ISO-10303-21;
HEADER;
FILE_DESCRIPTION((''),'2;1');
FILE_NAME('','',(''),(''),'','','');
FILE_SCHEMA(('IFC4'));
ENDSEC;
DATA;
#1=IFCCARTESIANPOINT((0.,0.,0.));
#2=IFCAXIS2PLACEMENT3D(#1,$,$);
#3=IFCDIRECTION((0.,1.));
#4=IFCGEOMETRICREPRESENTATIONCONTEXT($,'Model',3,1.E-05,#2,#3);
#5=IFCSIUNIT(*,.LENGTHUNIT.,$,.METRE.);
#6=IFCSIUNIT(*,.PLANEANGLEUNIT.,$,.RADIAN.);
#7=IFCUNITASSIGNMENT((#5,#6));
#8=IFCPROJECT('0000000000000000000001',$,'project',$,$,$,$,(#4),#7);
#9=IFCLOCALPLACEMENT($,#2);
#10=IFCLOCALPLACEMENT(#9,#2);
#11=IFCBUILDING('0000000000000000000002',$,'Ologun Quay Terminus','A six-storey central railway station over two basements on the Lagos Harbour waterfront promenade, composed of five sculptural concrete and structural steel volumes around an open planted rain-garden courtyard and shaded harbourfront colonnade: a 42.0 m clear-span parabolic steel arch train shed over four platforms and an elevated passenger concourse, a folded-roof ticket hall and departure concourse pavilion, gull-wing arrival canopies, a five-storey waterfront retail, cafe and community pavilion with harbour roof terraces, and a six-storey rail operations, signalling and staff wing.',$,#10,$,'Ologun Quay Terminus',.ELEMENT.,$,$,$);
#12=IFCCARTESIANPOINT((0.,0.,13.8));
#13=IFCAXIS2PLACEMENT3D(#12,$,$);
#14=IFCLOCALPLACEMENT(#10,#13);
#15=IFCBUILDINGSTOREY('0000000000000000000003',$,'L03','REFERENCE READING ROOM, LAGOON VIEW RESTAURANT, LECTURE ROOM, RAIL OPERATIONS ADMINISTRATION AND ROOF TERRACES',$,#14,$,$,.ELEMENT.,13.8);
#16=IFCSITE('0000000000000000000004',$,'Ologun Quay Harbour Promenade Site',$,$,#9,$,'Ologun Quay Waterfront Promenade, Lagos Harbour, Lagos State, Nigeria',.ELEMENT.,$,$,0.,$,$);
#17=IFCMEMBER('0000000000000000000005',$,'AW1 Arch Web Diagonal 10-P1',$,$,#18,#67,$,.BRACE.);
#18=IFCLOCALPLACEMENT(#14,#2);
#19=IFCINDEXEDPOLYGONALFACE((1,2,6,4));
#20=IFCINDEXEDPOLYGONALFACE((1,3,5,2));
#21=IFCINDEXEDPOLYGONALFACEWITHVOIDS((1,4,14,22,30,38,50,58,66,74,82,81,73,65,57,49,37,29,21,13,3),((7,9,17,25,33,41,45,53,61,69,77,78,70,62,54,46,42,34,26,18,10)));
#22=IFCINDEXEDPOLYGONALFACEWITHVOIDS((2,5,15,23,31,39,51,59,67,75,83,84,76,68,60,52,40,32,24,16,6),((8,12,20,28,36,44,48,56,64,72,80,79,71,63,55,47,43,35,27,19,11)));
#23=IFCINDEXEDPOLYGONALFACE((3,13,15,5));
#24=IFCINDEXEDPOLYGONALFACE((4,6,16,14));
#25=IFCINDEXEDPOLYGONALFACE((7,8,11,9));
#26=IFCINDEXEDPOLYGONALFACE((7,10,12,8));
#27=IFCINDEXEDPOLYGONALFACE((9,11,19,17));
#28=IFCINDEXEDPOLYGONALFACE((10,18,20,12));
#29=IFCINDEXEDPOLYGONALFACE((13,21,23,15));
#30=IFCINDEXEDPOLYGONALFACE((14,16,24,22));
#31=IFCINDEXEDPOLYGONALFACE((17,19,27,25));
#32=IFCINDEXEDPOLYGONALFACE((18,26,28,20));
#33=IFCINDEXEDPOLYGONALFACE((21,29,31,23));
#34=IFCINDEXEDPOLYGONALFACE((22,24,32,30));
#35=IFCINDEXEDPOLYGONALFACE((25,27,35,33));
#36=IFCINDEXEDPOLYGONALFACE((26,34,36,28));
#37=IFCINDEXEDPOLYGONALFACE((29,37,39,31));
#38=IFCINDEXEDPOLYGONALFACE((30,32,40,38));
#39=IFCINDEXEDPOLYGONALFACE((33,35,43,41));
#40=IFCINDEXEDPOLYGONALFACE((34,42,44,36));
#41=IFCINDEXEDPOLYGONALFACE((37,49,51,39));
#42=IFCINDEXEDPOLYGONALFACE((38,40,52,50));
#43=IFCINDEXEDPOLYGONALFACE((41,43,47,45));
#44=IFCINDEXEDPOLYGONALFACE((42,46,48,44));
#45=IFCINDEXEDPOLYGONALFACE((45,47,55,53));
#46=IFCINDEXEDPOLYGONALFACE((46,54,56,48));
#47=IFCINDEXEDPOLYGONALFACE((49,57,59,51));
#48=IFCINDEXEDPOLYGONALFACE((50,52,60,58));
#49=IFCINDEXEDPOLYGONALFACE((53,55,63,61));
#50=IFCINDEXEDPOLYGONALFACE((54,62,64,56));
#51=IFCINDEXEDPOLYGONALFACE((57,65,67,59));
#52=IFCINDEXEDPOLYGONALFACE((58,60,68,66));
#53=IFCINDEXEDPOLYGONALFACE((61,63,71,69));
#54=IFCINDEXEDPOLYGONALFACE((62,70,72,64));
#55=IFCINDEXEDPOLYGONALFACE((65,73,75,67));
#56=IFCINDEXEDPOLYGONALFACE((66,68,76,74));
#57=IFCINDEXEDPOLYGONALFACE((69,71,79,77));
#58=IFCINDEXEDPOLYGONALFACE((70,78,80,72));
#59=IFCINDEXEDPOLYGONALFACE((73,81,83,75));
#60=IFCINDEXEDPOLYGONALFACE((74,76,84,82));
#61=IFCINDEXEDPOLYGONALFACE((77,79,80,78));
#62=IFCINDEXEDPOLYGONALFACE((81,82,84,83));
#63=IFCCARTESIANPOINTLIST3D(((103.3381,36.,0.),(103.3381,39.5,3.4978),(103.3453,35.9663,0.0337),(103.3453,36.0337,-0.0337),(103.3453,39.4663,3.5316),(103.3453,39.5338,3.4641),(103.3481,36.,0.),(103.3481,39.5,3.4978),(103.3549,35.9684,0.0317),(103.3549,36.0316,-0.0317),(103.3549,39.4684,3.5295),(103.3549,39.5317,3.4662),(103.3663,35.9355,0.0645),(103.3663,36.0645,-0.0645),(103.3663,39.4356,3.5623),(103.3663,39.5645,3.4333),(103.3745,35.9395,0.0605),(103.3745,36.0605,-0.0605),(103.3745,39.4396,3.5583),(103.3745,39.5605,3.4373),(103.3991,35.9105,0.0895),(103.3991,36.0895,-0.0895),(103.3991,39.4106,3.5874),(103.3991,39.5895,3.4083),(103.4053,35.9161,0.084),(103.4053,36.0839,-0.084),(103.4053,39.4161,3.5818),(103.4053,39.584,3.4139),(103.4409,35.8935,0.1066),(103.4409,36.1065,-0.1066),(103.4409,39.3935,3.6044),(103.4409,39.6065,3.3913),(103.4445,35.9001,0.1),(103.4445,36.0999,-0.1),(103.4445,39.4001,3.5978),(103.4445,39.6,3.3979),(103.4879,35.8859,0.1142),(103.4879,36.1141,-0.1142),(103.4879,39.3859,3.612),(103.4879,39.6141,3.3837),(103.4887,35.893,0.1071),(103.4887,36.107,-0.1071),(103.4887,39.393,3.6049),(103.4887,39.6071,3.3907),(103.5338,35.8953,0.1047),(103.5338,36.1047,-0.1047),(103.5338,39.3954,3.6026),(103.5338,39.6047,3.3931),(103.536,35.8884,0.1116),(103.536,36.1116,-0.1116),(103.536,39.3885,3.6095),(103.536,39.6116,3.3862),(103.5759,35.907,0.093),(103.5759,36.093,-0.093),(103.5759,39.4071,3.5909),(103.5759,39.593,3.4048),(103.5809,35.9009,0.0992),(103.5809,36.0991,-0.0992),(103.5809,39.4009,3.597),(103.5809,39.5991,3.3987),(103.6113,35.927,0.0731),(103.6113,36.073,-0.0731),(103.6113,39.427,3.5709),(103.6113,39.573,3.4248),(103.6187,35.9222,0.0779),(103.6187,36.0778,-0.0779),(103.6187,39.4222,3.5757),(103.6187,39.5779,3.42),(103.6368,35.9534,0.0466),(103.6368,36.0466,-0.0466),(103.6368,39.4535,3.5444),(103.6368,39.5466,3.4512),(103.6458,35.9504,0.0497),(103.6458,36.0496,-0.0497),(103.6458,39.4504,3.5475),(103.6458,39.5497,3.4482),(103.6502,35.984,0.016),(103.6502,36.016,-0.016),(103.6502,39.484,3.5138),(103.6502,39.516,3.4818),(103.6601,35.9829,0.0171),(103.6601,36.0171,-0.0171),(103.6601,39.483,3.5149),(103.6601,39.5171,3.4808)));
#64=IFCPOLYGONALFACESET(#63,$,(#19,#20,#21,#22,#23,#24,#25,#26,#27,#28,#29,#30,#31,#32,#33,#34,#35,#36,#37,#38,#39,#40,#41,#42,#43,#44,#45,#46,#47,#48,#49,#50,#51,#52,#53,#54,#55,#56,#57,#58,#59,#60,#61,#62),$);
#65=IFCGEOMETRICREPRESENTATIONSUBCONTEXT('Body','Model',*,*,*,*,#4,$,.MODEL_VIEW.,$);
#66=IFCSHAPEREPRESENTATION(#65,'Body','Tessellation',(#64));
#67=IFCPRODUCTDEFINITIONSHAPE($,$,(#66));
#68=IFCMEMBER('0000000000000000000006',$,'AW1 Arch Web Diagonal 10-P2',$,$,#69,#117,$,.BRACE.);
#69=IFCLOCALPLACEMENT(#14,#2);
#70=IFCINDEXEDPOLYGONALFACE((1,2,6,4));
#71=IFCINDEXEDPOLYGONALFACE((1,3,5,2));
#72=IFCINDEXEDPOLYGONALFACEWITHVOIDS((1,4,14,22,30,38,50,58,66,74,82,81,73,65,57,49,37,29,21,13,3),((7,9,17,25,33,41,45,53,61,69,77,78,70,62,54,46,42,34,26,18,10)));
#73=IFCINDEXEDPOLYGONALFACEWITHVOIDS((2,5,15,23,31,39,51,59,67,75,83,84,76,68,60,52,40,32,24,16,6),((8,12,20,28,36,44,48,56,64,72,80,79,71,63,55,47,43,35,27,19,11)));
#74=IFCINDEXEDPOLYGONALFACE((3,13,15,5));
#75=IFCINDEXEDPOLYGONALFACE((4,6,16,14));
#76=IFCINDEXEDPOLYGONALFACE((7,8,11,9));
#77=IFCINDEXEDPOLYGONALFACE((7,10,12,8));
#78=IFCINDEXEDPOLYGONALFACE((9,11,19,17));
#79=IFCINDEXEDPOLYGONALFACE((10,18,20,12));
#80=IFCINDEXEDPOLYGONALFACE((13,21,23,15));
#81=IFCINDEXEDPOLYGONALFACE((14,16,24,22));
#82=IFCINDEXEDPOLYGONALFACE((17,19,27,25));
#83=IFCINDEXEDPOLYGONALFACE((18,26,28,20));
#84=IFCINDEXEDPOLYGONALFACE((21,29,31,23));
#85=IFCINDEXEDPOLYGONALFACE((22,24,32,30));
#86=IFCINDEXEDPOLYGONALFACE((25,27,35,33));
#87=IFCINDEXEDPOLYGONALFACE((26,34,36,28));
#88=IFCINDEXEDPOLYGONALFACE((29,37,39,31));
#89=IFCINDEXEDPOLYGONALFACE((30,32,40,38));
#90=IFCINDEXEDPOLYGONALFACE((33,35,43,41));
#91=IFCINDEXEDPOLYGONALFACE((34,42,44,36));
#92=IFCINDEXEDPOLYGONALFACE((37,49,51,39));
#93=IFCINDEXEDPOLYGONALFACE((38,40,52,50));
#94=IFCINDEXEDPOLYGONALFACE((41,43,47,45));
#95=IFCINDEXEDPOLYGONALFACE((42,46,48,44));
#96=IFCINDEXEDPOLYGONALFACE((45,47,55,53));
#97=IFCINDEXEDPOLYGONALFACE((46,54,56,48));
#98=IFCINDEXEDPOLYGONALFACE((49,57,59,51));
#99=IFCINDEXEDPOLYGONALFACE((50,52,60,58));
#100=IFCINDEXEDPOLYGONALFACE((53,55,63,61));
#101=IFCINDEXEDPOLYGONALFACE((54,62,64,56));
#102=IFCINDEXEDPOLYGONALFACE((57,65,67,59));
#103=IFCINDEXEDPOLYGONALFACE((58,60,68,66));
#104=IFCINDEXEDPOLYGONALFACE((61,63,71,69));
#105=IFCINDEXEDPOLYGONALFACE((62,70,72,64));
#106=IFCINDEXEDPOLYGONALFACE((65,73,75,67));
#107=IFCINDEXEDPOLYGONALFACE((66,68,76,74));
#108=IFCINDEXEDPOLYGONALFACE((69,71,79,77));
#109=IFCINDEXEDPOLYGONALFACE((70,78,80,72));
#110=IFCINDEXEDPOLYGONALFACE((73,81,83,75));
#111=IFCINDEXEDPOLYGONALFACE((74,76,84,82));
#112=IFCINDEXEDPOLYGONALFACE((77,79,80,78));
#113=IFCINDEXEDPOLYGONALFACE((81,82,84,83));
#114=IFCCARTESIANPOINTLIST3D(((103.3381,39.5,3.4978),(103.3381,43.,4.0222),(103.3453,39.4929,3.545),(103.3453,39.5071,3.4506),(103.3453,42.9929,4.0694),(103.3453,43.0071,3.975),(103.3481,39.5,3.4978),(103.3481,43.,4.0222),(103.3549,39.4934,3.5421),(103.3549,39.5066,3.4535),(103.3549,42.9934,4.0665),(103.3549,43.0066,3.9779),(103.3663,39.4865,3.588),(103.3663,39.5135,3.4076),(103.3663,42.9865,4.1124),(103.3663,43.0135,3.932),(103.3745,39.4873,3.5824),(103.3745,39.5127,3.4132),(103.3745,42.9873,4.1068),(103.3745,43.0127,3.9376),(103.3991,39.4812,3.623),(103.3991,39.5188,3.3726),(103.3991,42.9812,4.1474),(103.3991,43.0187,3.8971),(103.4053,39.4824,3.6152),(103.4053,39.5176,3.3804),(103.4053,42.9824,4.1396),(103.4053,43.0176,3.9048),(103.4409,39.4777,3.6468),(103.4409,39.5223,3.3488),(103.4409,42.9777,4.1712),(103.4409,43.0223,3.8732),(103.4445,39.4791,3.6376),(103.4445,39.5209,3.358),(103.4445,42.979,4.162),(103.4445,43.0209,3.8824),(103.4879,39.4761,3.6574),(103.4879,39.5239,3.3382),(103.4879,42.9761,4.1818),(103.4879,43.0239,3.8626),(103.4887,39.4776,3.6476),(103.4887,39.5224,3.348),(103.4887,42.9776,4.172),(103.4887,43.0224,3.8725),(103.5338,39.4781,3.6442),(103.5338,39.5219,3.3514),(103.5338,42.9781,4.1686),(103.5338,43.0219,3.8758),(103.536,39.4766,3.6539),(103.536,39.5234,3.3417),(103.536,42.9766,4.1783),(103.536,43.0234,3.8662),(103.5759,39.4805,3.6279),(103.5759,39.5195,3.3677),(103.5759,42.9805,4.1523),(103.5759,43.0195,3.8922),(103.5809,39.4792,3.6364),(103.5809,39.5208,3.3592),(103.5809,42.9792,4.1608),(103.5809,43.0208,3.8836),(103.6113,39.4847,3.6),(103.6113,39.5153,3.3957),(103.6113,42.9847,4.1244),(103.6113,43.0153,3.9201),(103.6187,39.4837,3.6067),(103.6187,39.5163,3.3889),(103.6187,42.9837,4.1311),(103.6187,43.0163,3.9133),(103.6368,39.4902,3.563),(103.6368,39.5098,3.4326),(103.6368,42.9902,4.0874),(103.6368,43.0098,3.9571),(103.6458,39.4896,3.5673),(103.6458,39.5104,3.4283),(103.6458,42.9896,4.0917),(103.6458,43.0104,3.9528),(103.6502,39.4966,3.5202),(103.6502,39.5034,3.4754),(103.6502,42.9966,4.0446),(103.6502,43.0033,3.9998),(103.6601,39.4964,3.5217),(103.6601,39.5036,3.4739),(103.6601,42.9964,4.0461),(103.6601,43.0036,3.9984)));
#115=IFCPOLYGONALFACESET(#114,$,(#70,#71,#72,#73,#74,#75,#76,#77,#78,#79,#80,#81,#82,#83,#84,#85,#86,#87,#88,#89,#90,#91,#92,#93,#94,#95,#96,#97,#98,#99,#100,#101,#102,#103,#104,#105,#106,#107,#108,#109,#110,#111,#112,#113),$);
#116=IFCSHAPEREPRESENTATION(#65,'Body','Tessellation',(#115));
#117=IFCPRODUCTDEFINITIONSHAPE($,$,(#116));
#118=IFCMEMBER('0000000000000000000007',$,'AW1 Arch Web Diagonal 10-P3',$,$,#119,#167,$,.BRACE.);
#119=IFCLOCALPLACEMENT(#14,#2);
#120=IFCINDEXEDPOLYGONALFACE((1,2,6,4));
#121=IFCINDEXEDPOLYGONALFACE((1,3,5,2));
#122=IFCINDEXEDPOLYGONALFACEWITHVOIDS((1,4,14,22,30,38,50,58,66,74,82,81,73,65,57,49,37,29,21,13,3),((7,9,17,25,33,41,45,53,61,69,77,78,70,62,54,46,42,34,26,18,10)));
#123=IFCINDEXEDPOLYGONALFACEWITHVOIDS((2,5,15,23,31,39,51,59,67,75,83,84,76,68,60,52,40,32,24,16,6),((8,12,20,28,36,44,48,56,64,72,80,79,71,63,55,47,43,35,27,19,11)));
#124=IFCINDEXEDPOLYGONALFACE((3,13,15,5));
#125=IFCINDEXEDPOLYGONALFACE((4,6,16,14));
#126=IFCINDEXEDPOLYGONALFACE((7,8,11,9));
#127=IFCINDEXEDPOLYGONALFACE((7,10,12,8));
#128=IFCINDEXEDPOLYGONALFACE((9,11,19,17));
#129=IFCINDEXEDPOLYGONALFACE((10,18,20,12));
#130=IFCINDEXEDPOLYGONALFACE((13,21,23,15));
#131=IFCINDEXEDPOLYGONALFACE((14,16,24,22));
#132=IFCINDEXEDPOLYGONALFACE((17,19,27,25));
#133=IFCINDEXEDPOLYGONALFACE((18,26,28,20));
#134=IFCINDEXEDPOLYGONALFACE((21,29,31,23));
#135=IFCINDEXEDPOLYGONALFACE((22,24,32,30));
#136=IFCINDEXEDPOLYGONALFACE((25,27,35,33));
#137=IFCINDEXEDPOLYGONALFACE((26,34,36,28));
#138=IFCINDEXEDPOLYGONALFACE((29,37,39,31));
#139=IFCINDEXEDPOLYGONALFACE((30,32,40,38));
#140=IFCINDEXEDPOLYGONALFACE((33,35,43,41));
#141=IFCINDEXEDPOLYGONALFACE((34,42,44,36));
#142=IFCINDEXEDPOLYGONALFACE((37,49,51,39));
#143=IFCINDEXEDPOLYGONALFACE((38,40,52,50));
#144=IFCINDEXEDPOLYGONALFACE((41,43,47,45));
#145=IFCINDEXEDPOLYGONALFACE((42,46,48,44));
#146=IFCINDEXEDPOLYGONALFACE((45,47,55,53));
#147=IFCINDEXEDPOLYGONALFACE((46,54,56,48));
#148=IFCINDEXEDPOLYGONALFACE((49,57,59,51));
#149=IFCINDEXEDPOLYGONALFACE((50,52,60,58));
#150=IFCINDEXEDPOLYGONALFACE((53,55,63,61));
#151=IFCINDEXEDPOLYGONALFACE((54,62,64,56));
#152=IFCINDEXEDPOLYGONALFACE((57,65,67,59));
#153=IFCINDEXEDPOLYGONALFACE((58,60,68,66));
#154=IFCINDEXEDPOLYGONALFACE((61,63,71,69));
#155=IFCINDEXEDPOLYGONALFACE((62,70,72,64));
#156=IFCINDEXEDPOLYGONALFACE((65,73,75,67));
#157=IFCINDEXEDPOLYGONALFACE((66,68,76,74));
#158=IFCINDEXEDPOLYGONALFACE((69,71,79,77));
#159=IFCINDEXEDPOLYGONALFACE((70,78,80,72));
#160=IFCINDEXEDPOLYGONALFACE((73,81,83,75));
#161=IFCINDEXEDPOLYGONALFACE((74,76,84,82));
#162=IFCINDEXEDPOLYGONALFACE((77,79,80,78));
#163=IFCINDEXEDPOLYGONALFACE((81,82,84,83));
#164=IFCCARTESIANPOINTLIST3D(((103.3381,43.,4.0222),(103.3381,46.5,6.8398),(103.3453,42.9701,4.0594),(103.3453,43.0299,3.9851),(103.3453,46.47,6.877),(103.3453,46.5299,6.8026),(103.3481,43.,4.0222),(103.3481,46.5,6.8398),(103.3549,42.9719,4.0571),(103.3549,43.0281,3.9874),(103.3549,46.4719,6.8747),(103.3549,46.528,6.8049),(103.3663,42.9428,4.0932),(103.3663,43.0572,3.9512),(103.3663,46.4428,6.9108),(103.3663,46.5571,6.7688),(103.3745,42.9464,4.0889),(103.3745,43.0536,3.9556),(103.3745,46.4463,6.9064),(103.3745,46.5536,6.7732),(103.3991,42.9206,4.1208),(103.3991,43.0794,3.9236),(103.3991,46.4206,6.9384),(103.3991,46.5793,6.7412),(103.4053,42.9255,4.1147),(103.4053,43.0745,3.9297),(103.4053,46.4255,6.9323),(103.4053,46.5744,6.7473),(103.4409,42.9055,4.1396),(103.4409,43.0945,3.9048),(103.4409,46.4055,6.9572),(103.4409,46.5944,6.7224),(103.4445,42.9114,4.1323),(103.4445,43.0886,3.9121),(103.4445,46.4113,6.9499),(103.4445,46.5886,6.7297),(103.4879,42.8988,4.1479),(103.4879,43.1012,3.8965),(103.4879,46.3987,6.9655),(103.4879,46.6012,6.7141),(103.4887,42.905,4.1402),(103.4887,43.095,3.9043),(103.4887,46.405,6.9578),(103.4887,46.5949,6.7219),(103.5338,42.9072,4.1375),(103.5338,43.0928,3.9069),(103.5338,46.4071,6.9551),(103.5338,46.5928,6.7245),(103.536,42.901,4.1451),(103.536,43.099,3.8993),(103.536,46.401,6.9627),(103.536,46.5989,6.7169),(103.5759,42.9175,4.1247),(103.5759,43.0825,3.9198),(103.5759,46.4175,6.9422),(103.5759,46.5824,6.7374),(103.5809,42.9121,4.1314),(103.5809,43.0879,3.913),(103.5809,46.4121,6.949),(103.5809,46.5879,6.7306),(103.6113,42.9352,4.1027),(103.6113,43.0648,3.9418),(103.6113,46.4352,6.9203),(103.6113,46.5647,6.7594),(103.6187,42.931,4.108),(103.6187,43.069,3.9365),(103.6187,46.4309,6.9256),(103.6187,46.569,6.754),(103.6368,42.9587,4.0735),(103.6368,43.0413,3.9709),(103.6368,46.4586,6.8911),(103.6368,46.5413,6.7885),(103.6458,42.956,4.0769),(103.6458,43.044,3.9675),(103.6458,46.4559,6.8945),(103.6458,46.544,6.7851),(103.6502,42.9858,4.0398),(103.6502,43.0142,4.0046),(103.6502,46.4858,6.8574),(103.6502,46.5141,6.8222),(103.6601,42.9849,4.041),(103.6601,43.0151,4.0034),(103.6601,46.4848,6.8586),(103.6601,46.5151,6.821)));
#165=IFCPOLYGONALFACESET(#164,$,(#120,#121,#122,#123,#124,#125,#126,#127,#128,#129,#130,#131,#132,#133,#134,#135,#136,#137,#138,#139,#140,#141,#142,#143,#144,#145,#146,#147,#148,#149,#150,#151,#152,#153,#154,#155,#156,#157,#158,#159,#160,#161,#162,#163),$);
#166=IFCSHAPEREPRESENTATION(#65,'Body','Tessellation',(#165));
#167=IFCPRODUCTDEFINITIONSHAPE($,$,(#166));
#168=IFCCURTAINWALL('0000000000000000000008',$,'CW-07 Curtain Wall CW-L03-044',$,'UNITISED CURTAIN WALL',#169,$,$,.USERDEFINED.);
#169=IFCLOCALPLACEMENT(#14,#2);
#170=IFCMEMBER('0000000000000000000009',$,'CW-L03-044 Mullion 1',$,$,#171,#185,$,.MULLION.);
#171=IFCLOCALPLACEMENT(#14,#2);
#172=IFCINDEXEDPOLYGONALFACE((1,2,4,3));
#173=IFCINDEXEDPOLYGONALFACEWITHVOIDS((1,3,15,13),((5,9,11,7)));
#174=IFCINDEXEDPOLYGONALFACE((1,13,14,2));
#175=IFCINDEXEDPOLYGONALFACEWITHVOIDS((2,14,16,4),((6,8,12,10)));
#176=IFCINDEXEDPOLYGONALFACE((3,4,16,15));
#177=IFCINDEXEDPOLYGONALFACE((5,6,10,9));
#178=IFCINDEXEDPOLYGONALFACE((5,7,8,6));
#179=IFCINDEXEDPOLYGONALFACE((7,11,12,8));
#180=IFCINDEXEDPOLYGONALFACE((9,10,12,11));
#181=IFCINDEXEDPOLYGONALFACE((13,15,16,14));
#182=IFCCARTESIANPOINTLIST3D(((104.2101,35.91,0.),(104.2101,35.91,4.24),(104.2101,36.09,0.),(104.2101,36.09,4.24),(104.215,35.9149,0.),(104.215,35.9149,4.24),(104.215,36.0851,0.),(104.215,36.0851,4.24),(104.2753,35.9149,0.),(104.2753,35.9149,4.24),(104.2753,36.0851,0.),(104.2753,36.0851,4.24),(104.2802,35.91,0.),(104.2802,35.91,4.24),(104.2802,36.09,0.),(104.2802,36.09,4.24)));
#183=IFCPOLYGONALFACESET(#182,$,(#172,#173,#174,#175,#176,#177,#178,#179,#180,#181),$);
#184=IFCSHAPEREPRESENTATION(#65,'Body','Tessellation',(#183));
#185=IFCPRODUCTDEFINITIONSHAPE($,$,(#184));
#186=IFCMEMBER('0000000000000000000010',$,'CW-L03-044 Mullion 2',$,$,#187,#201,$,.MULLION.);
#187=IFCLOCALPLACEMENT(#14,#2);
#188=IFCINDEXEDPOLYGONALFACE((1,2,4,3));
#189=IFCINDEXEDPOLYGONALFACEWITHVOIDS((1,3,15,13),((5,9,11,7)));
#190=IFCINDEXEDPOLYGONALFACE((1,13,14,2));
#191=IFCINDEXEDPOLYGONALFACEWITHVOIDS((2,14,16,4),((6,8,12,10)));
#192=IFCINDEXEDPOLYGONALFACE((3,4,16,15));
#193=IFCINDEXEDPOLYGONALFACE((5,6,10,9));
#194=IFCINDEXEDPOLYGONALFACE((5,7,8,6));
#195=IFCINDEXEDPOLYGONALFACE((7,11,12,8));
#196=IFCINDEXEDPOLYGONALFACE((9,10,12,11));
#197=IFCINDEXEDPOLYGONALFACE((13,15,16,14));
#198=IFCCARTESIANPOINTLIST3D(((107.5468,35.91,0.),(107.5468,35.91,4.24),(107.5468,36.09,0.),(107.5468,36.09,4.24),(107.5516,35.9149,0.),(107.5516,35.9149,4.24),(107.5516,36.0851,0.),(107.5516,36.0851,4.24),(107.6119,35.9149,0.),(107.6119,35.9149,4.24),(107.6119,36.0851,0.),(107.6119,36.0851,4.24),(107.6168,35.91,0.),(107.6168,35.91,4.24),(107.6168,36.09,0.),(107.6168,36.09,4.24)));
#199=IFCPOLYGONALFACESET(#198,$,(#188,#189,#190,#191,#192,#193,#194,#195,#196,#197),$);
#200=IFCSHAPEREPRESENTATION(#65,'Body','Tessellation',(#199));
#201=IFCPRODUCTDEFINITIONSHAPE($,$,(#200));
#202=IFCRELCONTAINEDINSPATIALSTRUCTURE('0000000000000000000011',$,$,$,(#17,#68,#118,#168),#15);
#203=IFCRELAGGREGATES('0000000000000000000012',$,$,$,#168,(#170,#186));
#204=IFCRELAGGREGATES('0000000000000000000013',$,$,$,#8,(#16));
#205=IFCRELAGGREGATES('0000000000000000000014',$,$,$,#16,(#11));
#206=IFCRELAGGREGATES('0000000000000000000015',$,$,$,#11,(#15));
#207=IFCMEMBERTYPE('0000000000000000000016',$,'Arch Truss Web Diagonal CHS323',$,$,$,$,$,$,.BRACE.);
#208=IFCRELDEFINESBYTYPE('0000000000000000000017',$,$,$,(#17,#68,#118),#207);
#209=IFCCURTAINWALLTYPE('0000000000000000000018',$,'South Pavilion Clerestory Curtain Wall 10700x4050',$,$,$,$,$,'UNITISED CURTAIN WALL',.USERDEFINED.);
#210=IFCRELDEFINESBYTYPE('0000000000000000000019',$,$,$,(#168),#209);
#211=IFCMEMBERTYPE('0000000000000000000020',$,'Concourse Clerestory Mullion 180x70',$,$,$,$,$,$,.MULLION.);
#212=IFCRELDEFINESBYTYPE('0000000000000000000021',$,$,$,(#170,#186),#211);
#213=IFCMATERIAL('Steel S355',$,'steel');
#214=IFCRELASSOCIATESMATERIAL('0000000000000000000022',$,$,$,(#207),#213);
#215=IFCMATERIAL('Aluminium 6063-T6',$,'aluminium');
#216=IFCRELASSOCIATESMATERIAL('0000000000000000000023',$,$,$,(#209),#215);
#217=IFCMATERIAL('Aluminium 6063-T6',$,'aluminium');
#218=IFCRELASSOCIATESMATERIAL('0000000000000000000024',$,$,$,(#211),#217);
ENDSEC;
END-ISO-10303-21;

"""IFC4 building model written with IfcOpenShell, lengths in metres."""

from ifc_helpers import new_model, si_unit, direction, frame, origin, origin_2d, place, context, subcontext, project, spatial, hollow_rectangle, hollow_circle, extrude, material, material_profile, profile_set, type_object, element, aggregate, save


model = new_model("IFC4")

# Units and contexts
model_context = context("Model", 3, precision=1e-05, world=origin(), true_north=direction((0.0, 1.0)))
body_context = subcontext(model_context, "Body", "Model", "MODEL_VIEW")
ifc_project = project(units=[si_unit("LENGTHUNIT", "METRE"), si_unit("PLANEANGLEUNIT", "RADIAN")], contexts=[model_context])

# Site, building, storey
site_placement = place(None, origin())
site = spatial("IfcSite", under=ifc_project, at=site_placement, Name="Ologun Quay Harbour Promenade Site", LongName="Ologun Quay Waterfront Promenade, Lagos Harbour, Lagos State, Nigeria", CompositionType="ELEMENT", RefElevation=0.0)
building_placement = place(site_placement, origin())
building = spatial("IfcBuilding", under=site, at=building_placement, Name="Ologun Quay Terminus", Description="A six-storey central railway station over two basements on the Lagos Harbour waterfront promenade, composed of five sculptural concrete and structural steel volumes around an open planted rain-garden courtyard and shaded harbourfront colonnade: a 42.0 m clear-span parabolic steel arch train shed over four platforms and an elevated passenger concourse, a folded-roof ticket hall and departure concourse pavilion, gull-wing arrival canopies, a five-storey waterfront retail, cafe and community pavilion with harbour roof terraces, and a six-storey rail operations, signalling and staff wing.", LongName="Ologun Quay Terminus", CompositionType="ELEMENT")
storey_placement = place(building_placement, frame((0.0, 0.0, 13.8)))
storey = spatial("IfcBuildingStorey", under=building, at=storey_placement, Name="L03", Description="REFERENCE READING ROOM, LAGOON VIEW RESTAURANT, LECTURE ROOM, RAIL OPERATIONS ADMINISTRATION AND ROOF TERRACES", CompositionType="ELEMENT", Elevation=13.8)

# Members
ifc_material_1 = material(Name="Steel S355", Category="steel")
ifc_material_profile_1 = material_profile(ifc_material_1, hollow_circle(Radius=0.1619, WallThickness=0.01, at=origin_2d()), Name="CHS 323.9x10")
ifc_profile_set_1 = profile_set([ifc_material_profile_1], Name="Steel S355")
member_type_1 = type_object("IfcMemberType", Name="Arch Truss Web Diagonal CHS323", PredefinedType="BRACE", material=ifc_profile_set_1)
member_1_placement = place(storey_placement, frame((103.5, 36.0, 0.0), z_axis=(0.0, 0.707329, 0.706885), x_axis=(-1.0, 0.0, 0.0)))
element("IfcMember", 1, at=member_1_placement, inside=storey, type_object=member_type_1, Name="AW1 Arch Web Diagonal 10-P1", PredefinedType="BRACE", context=body_context, shape_type="SweptSolid", body=[
    extrude(hollow_circle(Radius=0.1619, WallThickness=0.01, at=origin_2d()), origin(), (0.0, 0.0, 1.0), 4.9482),
])
member_2_placement = place(storey_placement, frame((103.5, 39.5, 3.4978), z_axis=(0.0, 0.988961, 0.148179), x_axis=(-1.0, 0.0, 0.0)))
element("IfcMember", 2, at=member_2_placement, inside=storey, type_object=member_type_1, Name="AW1 Arch Web Diagonal 10-P2", PredefinedType="BRACE", context=body_context, shape_type="SweptSolid", body=[
    extrude(hollow_circle(Radius=0.1619, WallThickness=0.01, at=origin_2d()), origin(), (0.0, 0.0, 1.0), 3.5391),
])
member_3_placement = place(storey_placement, frame((103.5, 43.0, 4.0222), z_axis=(0.0, 0.778951, 0.627084), x_axis=(-1.0, 0.0, 0.0)))
element("IfcMember", 3, at=member_3_placement, inside=storey, type_object=member_type_1, Name="AW1 Arch Web Diagonal 10-P3", PredefinedType="BRACE", context=body_context, shape_type="SweptSolid", body=[
    extrude(hollow_circle(Radius=0.1619, WallThickness=0.01, at=origin_2d()), origin(), (0.0, 0.0, 1.0), 4.4932),
])

# Curtain wall, members
ifc_material_2 = material(Name="Aluminium 6063-T6", Category="aluminium")
curtain_wall_type = type_object("IfcCurtainWallType", Name="South Pavilion Clerestory Curtain Wall 10700x4050", ElementType="UNITISED CURTAIN WALL", PredefinedType="USERDEFINED", material=ifc_material_2)
curtain_wall_placement = place(storey_placement, origin())
curtain_wall = element("IfcCurtainWall", 4, at=curtain_wall_placement, inside=storey, type_object=curtain_wall_type, Name="CW-07 Curtain Wall CW-L03-044", ObjectType="UNITISED CURTAIN WALL", PredefinedType="USERDEFINED")
ifc_material_3 = material(Name="Aluminium 6063-T6", Category="aluminium")
ifc_material_profile_2 = material_profile(ifc_material_3, hollow_rectangle(XDim=0.0701, YDim=0.1799, WallThickness=0.0049, at=origin_2d()), Name="ALU 180x70x5")
ifc_profile_set_2 = profile_set([ifc_material_profile_2], Name="Aluminium 6063-T6")
member_type_2 = type_object("IfcMemberType", Name="Concourse Clerestory Mullion 180x70", PredefinedType="MULLION", material=ifc_profile_set_2)
member_4_placement = place(storey_placement, frame((104.2451, 36.0, 0.0), z_axis=(0.0, 0.0, 1.0), x_axis=(1.0, 0.0, 0.0)))
member_4 = element("IfcMember", 5, at=member_4_placement, type_object=member_type_2, Name="CW-L03-044 Mullion 1", PredefinedType="MULLION", context=body_context, shape_type="SweptSolid", body=[
    extrude(hollow_rectangle(XDim=0.0701, YDim=0.1799, WallThickness=0.0049, at=origin_2d()), origin(), (0.0, 0.0, 1.0), 4.24),
])
member_5_placement = place(storey_placement, frame((107.5818, 36.0, 0.0), z_axis=(0.0, 0.0, 1.0), x_axis=(1.0, 0.0, 0.0)))
member_5 = element("IfcMember", 6, at=member_5_placement, type_object=member_type_2, Name="CW-L03-044 Mullion 2", PredefinedType="MULLION", context=body_context, shape_type="SweptSolid", body=[
    extrude(hollow_rectangle(XDim=0.0701, YDim=0.1799, WallThickness=0.0049, at=origin_2d()), origin(), (0.0, 0.0, 1.0), 4.24),
])

aggregate(curtain_wall, [member_4, member_5])

save(model, "model.ifc")
